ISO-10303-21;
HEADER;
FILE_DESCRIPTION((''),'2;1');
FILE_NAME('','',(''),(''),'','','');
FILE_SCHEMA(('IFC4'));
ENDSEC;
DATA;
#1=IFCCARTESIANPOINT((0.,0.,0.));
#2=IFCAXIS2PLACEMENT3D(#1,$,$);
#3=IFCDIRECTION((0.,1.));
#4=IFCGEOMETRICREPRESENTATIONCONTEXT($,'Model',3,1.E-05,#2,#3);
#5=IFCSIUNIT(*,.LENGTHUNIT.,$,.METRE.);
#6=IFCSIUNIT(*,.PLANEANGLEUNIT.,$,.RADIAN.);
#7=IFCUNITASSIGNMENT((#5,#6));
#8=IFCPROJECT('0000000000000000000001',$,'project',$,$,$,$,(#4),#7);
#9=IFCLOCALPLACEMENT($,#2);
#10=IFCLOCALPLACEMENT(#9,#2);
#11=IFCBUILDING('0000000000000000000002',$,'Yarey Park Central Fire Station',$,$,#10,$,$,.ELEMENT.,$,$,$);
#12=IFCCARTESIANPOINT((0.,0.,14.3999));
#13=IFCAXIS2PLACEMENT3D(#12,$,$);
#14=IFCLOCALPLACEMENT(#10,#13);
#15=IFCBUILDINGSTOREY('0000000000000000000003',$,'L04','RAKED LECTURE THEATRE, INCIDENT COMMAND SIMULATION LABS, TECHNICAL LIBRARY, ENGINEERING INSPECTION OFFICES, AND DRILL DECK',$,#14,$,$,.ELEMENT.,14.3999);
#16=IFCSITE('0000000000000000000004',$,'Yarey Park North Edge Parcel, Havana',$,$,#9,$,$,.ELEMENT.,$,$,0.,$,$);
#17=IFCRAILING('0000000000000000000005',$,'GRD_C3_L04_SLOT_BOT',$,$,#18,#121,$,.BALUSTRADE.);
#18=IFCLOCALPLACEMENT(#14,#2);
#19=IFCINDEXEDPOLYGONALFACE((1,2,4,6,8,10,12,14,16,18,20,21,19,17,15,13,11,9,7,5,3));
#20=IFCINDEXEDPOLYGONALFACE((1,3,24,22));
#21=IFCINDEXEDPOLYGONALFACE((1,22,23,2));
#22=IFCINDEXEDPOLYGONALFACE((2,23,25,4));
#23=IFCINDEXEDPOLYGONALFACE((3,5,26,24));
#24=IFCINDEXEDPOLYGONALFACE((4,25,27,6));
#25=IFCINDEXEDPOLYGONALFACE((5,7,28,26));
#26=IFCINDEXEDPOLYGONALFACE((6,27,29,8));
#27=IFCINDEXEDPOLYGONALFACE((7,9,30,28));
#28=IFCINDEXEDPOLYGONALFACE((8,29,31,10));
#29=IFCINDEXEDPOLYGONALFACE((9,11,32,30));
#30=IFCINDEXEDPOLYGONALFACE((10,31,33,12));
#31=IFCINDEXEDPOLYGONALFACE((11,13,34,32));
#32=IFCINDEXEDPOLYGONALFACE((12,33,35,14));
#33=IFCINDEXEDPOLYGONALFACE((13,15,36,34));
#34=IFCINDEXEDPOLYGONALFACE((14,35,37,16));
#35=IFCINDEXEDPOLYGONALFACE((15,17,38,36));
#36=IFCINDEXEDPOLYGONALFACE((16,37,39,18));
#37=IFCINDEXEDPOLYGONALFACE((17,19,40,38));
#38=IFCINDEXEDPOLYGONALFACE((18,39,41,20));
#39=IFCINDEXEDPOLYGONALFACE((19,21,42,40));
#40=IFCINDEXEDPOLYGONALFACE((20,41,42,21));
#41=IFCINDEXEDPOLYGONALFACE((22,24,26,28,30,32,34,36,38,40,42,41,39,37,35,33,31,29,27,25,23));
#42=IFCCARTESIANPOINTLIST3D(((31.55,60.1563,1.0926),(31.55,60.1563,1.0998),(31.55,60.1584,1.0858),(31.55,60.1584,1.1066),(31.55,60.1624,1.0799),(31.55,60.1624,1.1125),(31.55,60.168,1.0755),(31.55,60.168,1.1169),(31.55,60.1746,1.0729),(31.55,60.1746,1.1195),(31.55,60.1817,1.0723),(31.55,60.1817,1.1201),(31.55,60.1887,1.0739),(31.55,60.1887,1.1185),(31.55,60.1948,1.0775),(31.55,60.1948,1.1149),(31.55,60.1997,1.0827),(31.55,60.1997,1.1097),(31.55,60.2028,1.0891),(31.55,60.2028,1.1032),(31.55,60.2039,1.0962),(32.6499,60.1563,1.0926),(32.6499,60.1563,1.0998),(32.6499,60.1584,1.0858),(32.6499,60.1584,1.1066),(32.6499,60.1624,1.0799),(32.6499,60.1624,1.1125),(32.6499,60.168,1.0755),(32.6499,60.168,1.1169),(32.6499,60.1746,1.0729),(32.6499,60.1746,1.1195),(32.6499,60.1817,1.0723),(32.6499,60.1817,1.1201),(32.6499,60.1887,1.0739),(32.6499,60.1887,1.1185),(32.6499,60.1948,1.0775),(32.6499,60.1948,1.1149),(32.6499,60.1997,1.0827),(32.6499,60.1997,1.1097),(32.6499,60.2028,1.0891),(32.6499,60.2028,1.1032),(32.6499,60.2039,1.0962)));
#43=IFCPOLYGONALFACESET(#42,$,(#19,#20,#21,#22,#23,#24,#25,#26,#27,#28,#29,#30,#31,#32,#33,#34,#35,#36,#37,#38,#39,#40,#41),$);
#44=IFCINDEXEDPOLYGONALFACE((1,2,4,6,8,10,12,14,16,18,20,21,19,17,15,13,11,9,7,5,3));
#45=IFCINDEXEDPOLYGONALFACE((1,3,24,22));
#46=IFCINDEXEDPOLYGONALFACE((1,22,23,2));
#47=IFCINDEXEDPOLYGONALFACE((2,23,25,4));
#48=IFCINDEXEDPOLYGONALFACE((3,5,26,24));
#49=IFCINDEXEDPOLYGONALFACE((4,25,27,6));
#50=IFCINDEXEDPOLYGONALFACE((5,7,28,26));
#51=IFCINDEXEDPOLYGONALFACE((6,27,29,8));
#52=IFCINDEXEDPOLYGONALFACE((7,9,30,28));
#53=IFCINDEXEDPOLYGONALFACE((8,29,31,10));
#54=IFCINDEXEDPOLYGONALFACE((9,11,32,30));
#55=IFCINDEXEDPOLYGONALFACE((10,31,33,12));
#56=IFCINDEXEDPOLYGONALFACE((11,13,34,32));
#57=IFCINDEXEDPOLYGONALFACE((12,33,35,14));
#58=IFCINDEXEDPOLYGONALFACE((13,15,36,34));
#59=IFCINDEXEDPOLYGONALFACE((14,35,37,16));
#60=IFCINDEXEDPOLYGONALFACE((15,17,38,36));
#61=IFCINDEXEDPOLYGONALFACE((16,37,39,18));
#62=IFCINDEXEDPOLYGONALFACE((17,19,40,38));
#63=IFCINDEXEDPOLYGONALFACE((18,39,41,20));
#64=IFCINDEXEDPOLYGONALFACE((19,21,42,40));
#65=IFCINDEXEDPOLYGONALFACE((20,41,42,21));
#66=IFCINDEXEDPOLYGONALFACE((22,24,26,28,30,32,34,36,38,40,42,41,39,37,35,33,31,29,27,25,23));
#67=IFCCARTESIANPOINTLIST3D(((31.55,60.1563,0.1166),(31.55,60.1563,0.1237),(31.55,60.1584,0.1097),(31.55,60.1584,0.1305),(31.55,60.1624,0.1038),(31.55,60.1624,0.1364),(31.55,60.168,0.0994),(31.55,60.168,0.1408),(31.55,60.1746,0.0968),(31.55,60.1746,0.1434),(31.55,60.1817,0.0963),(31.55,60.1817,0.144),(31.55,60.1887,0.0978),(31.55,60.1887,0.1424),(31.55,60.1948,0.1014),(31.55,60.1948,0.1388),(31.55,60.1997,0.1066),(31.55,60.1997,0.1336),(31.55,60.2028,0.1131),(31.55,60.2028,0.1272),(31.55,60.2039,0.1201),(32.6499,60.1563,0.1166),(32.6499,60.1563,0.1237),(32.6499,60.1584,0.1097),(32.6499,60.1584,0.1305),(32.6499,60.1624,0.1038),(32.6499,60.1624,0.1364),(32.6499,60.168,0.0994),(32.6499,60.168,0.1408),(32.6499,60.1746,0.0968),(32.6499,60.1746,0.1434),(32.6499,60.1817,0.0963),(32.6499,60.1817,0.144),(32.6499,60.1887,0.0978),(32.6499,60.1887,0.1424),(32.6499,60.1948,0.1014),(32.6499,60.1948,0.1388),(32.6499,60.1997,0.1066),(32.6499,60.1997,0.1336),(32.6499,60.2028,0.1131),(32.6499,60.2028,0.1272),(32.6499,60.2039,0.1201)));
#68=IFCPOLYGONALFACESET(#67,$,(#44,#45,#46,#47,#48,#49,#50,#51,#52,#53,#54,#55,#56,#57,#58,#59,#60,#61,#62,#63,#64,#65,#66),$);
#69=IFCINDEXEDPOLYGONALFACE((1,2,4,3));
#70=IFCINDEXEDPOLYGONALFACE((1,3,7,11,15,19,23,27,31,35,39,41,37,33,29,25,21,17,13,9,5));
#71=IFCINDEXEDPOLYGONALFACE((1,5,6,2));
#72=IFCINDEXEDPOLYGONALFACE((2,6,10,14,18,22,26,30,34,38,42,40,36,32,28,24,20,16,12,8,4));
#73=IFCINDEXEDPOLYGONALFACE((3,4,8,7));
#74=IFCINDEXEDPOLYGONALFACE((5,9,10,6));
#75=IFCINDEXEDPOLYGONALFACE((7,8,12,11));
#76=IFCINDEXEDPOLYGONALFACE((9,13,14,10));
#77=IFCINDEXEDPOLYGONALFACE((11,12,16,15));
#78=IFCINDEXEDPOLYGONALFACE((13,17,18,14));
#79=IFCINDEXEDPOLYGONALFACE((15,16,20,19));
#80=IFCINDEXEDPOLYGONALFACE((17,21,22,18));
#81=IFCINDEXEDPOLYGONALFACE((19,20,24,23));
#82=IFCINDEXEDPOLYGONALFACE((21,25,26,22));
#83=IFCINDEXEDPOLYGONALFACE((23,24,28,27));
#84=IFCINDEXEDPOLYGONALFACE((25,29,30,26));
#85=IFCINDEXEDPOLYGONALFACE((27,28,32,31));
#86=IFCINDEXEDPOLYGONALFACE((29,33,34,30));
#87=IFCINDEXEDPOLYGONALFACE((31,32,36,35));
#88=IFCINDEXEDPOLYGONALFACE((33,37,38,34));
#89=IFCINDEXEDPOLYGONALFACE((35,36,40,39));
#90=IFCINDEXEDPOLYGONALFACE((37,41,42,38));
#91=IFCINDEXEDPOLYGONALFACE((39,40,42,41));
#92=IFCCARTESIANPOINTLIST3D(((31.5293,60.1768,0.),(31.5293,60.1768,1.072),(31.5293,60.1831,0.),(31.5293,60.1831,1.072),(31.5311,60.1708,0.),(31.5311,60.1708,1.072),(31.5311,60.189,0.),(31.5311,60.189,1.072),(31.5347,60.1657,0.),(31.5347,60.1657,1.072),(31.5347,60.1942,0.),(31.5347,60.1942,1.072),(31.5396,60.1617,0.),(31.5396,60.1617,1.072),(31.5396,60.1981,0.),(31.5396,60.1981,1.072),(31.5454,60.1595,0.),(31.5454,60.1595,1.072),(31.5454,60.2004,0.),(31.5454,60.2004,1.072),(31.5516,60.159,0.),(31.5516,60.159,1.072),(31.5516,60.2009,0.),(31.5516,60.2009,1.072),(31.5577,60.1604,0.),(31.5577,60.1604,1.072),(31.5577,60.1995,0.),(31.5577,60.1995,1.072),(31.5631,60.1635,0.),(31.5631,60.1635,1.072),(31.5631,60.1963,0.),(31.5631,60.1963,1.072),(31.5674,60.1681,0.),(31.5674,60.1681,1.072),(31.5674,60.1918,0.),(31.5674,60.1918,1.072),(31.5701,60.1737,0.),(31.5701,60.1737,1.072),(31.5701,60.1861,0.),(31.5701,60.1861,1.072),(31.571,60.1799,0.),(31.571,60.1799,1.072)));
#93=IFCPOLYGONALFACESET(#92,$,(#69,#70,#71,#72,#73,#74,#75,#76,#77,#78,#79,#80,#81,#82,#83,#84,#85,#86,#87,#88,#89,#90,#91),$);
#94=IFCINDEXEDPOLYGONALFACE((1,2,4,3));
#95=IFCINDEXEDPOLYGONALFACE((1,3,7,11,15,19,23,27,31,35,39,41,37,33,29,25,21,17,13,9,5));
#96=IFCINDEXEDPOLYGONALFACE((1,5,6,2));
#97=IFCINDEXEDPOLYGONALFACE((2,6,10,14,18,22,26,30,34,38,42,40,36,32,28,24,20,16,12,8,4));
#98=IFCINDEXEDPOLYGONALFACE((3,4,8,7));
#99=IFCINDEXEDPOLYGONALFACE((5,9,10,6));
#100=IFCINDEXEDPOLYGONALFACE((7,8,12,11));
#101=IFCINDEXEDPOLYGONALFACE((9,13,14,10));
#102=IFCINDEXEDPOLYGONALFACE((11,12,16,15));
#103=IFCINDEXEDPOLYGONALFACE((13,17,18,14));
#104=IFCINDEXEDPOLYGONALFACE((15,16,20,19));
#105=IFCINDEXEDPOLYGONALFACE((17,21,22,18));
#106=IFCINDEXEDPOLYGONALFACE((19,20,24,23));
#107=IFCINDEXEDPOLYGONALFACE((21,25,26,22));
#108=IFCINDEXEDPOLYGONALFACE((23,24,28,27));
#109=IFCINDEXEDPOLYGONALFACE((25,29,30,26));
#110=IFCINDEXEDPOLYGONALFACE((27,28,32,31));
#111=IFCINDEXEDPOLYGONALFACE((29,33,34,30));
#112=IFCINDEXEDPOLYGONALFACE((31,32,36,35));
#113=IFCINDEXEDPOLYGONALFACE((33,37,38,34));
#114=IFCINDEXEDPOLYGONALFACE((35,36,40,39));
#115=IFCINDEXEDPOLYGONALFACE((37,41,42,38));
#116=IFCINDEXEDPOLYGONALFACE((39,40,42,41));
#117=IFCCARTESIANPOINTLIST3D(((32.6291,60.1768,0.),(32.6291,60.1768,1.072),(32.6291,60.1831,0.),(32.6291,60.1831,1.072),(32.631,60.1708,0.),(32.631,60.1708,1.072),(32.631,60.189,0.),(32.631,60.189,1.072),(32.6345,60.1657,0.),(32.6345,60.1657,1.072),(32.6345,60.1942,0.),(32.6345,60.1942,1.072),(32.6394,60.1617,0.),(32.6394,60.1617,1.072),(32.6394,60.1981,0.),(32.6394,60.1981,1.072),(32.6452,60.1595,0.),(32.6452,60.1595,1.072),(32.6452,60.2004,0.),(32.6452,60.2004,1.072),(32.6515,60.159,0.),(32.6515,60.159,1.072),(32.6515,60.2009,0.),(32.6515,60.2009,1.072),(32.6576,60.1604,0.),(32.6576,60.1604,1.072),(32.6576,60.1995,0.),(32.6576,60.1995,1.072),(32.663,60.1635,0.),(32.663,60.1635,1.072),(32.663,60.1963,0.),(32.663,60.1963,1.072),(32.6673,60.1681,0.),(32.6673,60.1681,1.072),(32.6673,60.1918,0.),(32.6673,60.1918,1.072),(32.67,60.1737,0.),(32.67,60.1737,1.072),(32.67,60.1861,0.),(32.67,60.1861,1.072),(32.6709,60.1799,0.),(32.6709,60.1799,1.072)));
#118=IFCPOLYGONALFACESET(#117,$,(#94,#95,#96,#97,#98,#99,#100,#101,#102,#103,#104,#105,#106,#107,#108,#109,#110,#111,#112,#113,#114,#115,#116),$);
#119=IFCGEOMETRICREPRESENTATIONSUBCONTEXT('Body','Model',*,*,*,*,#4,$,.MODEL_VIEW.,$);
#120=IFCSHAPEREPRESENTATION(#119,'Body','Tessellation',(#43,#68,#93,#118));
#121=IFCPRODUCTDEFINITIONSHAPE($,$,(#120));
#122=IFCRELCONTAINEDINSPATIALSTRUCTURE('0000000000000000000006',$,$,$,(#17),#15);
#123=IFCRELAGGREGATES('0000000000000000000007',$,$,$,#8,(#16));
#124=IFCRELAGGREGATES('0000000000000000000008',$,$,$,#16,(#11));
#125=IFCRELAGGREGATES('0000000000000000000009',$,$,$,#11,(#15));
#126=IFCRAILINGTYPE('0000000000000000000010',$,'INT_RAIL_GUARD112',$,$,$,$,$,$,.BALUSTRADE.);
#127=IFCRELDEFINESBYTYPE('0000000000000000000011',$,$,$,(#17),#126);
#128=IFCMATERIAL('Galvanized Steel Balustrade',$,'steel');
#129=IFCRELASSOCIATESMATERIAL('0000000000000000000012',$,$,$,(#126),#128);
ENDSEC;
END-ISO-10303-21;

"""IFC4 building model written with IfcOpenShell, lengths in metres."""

from ifc_helpers import new_model, si_unit, direction, frame, origin, origin_2d, place, context, subcontext, project, spatial, circle, extrude, material, type_object, element, save


model = new_model("IFC4")

# Units and contexts
model_context = context("Model", 3, precision=1e-05, world=origin(), true_north=direction((0.0, 1.0)))
body_context = subcontext(model_context, "Body", "Model", "MODEL_VIEW")
ifc_project = project(units=[si_unit("LENGTHUNIT", "METRE"), si_unit("PLANEANGLEUNIT", "RADIAN")], contexts=[model_context])

# Site, building, storey
site_placement = place(None, origin())
site = spatial("IfcSite", under=ifc_project, at=site_placement, Name="Yarey Park North Edge Parcel, Havana", CompositionType="ELEMENT", RefElevation=0.0)
building_placement = place(site_placement, origin())
building = spatial("IfcBuilding", under=site, at=building_placement, Name="Yarey Park Central Fire Station", CompositionType="ELEMENT")
storey_placement = place(building_placement, frame((0.0, 0.0, 14.3999)))
storey = spatial("IfcBuildingStorey", under=building, at=storey_placement, Name="L04", Description="RAKED LECTURE THEATRE, INCIDENT COMMAND SIMULATION LABS, TECHNICAL LIBRARY, ENGINEERING INSPECTION OFFICES, AND DRILL DECK", CompositionType="ELEMENT", Elevation=14.3999)

# Railing
ifc_material_1 = material(Name="Galvanized Steel Balustrade", Category="steel")
railing_type_1 = type_object("IfcRailingType", Name="INT_RAIL_GUARD112", PredefinedType="BALUSTRADE", material=ifc_material_1)
railing_1_placement = place(storey_placement, frame((31.55, 60.1799, 0.0)))
element("IfcRailing", 1, at=railing_1_placement, inside=storey, type_object=railing_type_1, Name="GRD_C3_L04_SLOT_BOT", PredefinedType="BALUSTRADE", context=body_context, shape_type="SweptSolid", body=[
    extrude(circle(Radius=0.0239, at=origin_2d()), frame((0.0, 0.0, 1.0962), z_axis=(1.0, 0.0, 0.0), x_axis=(0.0, 1.0, 0.0)), (0.0, 0.0, 1.0), 1.0999),
    extrude(circle(Radius=0.0239, at=origin_2d()), frame((0.0, 0.0, 0.1201), z_axis=(1.0, 0.0, 0.0), x_axis=(0.0, 1.0, 0.0)), (0.0, 0.0, 1.0), 1.0999),
    extrude(circle(Radius=0.021, at=origin_2d()), origin(), (0.0, 0.0, 1.0), 1.072),
    extrude(circle(Radius=0.021, at=origin_2d()), frame((1.0999, 0.0, 0.0)), (0.0, 0.0, 1.0), 1.072),
])

save(model, "model.ifc")
